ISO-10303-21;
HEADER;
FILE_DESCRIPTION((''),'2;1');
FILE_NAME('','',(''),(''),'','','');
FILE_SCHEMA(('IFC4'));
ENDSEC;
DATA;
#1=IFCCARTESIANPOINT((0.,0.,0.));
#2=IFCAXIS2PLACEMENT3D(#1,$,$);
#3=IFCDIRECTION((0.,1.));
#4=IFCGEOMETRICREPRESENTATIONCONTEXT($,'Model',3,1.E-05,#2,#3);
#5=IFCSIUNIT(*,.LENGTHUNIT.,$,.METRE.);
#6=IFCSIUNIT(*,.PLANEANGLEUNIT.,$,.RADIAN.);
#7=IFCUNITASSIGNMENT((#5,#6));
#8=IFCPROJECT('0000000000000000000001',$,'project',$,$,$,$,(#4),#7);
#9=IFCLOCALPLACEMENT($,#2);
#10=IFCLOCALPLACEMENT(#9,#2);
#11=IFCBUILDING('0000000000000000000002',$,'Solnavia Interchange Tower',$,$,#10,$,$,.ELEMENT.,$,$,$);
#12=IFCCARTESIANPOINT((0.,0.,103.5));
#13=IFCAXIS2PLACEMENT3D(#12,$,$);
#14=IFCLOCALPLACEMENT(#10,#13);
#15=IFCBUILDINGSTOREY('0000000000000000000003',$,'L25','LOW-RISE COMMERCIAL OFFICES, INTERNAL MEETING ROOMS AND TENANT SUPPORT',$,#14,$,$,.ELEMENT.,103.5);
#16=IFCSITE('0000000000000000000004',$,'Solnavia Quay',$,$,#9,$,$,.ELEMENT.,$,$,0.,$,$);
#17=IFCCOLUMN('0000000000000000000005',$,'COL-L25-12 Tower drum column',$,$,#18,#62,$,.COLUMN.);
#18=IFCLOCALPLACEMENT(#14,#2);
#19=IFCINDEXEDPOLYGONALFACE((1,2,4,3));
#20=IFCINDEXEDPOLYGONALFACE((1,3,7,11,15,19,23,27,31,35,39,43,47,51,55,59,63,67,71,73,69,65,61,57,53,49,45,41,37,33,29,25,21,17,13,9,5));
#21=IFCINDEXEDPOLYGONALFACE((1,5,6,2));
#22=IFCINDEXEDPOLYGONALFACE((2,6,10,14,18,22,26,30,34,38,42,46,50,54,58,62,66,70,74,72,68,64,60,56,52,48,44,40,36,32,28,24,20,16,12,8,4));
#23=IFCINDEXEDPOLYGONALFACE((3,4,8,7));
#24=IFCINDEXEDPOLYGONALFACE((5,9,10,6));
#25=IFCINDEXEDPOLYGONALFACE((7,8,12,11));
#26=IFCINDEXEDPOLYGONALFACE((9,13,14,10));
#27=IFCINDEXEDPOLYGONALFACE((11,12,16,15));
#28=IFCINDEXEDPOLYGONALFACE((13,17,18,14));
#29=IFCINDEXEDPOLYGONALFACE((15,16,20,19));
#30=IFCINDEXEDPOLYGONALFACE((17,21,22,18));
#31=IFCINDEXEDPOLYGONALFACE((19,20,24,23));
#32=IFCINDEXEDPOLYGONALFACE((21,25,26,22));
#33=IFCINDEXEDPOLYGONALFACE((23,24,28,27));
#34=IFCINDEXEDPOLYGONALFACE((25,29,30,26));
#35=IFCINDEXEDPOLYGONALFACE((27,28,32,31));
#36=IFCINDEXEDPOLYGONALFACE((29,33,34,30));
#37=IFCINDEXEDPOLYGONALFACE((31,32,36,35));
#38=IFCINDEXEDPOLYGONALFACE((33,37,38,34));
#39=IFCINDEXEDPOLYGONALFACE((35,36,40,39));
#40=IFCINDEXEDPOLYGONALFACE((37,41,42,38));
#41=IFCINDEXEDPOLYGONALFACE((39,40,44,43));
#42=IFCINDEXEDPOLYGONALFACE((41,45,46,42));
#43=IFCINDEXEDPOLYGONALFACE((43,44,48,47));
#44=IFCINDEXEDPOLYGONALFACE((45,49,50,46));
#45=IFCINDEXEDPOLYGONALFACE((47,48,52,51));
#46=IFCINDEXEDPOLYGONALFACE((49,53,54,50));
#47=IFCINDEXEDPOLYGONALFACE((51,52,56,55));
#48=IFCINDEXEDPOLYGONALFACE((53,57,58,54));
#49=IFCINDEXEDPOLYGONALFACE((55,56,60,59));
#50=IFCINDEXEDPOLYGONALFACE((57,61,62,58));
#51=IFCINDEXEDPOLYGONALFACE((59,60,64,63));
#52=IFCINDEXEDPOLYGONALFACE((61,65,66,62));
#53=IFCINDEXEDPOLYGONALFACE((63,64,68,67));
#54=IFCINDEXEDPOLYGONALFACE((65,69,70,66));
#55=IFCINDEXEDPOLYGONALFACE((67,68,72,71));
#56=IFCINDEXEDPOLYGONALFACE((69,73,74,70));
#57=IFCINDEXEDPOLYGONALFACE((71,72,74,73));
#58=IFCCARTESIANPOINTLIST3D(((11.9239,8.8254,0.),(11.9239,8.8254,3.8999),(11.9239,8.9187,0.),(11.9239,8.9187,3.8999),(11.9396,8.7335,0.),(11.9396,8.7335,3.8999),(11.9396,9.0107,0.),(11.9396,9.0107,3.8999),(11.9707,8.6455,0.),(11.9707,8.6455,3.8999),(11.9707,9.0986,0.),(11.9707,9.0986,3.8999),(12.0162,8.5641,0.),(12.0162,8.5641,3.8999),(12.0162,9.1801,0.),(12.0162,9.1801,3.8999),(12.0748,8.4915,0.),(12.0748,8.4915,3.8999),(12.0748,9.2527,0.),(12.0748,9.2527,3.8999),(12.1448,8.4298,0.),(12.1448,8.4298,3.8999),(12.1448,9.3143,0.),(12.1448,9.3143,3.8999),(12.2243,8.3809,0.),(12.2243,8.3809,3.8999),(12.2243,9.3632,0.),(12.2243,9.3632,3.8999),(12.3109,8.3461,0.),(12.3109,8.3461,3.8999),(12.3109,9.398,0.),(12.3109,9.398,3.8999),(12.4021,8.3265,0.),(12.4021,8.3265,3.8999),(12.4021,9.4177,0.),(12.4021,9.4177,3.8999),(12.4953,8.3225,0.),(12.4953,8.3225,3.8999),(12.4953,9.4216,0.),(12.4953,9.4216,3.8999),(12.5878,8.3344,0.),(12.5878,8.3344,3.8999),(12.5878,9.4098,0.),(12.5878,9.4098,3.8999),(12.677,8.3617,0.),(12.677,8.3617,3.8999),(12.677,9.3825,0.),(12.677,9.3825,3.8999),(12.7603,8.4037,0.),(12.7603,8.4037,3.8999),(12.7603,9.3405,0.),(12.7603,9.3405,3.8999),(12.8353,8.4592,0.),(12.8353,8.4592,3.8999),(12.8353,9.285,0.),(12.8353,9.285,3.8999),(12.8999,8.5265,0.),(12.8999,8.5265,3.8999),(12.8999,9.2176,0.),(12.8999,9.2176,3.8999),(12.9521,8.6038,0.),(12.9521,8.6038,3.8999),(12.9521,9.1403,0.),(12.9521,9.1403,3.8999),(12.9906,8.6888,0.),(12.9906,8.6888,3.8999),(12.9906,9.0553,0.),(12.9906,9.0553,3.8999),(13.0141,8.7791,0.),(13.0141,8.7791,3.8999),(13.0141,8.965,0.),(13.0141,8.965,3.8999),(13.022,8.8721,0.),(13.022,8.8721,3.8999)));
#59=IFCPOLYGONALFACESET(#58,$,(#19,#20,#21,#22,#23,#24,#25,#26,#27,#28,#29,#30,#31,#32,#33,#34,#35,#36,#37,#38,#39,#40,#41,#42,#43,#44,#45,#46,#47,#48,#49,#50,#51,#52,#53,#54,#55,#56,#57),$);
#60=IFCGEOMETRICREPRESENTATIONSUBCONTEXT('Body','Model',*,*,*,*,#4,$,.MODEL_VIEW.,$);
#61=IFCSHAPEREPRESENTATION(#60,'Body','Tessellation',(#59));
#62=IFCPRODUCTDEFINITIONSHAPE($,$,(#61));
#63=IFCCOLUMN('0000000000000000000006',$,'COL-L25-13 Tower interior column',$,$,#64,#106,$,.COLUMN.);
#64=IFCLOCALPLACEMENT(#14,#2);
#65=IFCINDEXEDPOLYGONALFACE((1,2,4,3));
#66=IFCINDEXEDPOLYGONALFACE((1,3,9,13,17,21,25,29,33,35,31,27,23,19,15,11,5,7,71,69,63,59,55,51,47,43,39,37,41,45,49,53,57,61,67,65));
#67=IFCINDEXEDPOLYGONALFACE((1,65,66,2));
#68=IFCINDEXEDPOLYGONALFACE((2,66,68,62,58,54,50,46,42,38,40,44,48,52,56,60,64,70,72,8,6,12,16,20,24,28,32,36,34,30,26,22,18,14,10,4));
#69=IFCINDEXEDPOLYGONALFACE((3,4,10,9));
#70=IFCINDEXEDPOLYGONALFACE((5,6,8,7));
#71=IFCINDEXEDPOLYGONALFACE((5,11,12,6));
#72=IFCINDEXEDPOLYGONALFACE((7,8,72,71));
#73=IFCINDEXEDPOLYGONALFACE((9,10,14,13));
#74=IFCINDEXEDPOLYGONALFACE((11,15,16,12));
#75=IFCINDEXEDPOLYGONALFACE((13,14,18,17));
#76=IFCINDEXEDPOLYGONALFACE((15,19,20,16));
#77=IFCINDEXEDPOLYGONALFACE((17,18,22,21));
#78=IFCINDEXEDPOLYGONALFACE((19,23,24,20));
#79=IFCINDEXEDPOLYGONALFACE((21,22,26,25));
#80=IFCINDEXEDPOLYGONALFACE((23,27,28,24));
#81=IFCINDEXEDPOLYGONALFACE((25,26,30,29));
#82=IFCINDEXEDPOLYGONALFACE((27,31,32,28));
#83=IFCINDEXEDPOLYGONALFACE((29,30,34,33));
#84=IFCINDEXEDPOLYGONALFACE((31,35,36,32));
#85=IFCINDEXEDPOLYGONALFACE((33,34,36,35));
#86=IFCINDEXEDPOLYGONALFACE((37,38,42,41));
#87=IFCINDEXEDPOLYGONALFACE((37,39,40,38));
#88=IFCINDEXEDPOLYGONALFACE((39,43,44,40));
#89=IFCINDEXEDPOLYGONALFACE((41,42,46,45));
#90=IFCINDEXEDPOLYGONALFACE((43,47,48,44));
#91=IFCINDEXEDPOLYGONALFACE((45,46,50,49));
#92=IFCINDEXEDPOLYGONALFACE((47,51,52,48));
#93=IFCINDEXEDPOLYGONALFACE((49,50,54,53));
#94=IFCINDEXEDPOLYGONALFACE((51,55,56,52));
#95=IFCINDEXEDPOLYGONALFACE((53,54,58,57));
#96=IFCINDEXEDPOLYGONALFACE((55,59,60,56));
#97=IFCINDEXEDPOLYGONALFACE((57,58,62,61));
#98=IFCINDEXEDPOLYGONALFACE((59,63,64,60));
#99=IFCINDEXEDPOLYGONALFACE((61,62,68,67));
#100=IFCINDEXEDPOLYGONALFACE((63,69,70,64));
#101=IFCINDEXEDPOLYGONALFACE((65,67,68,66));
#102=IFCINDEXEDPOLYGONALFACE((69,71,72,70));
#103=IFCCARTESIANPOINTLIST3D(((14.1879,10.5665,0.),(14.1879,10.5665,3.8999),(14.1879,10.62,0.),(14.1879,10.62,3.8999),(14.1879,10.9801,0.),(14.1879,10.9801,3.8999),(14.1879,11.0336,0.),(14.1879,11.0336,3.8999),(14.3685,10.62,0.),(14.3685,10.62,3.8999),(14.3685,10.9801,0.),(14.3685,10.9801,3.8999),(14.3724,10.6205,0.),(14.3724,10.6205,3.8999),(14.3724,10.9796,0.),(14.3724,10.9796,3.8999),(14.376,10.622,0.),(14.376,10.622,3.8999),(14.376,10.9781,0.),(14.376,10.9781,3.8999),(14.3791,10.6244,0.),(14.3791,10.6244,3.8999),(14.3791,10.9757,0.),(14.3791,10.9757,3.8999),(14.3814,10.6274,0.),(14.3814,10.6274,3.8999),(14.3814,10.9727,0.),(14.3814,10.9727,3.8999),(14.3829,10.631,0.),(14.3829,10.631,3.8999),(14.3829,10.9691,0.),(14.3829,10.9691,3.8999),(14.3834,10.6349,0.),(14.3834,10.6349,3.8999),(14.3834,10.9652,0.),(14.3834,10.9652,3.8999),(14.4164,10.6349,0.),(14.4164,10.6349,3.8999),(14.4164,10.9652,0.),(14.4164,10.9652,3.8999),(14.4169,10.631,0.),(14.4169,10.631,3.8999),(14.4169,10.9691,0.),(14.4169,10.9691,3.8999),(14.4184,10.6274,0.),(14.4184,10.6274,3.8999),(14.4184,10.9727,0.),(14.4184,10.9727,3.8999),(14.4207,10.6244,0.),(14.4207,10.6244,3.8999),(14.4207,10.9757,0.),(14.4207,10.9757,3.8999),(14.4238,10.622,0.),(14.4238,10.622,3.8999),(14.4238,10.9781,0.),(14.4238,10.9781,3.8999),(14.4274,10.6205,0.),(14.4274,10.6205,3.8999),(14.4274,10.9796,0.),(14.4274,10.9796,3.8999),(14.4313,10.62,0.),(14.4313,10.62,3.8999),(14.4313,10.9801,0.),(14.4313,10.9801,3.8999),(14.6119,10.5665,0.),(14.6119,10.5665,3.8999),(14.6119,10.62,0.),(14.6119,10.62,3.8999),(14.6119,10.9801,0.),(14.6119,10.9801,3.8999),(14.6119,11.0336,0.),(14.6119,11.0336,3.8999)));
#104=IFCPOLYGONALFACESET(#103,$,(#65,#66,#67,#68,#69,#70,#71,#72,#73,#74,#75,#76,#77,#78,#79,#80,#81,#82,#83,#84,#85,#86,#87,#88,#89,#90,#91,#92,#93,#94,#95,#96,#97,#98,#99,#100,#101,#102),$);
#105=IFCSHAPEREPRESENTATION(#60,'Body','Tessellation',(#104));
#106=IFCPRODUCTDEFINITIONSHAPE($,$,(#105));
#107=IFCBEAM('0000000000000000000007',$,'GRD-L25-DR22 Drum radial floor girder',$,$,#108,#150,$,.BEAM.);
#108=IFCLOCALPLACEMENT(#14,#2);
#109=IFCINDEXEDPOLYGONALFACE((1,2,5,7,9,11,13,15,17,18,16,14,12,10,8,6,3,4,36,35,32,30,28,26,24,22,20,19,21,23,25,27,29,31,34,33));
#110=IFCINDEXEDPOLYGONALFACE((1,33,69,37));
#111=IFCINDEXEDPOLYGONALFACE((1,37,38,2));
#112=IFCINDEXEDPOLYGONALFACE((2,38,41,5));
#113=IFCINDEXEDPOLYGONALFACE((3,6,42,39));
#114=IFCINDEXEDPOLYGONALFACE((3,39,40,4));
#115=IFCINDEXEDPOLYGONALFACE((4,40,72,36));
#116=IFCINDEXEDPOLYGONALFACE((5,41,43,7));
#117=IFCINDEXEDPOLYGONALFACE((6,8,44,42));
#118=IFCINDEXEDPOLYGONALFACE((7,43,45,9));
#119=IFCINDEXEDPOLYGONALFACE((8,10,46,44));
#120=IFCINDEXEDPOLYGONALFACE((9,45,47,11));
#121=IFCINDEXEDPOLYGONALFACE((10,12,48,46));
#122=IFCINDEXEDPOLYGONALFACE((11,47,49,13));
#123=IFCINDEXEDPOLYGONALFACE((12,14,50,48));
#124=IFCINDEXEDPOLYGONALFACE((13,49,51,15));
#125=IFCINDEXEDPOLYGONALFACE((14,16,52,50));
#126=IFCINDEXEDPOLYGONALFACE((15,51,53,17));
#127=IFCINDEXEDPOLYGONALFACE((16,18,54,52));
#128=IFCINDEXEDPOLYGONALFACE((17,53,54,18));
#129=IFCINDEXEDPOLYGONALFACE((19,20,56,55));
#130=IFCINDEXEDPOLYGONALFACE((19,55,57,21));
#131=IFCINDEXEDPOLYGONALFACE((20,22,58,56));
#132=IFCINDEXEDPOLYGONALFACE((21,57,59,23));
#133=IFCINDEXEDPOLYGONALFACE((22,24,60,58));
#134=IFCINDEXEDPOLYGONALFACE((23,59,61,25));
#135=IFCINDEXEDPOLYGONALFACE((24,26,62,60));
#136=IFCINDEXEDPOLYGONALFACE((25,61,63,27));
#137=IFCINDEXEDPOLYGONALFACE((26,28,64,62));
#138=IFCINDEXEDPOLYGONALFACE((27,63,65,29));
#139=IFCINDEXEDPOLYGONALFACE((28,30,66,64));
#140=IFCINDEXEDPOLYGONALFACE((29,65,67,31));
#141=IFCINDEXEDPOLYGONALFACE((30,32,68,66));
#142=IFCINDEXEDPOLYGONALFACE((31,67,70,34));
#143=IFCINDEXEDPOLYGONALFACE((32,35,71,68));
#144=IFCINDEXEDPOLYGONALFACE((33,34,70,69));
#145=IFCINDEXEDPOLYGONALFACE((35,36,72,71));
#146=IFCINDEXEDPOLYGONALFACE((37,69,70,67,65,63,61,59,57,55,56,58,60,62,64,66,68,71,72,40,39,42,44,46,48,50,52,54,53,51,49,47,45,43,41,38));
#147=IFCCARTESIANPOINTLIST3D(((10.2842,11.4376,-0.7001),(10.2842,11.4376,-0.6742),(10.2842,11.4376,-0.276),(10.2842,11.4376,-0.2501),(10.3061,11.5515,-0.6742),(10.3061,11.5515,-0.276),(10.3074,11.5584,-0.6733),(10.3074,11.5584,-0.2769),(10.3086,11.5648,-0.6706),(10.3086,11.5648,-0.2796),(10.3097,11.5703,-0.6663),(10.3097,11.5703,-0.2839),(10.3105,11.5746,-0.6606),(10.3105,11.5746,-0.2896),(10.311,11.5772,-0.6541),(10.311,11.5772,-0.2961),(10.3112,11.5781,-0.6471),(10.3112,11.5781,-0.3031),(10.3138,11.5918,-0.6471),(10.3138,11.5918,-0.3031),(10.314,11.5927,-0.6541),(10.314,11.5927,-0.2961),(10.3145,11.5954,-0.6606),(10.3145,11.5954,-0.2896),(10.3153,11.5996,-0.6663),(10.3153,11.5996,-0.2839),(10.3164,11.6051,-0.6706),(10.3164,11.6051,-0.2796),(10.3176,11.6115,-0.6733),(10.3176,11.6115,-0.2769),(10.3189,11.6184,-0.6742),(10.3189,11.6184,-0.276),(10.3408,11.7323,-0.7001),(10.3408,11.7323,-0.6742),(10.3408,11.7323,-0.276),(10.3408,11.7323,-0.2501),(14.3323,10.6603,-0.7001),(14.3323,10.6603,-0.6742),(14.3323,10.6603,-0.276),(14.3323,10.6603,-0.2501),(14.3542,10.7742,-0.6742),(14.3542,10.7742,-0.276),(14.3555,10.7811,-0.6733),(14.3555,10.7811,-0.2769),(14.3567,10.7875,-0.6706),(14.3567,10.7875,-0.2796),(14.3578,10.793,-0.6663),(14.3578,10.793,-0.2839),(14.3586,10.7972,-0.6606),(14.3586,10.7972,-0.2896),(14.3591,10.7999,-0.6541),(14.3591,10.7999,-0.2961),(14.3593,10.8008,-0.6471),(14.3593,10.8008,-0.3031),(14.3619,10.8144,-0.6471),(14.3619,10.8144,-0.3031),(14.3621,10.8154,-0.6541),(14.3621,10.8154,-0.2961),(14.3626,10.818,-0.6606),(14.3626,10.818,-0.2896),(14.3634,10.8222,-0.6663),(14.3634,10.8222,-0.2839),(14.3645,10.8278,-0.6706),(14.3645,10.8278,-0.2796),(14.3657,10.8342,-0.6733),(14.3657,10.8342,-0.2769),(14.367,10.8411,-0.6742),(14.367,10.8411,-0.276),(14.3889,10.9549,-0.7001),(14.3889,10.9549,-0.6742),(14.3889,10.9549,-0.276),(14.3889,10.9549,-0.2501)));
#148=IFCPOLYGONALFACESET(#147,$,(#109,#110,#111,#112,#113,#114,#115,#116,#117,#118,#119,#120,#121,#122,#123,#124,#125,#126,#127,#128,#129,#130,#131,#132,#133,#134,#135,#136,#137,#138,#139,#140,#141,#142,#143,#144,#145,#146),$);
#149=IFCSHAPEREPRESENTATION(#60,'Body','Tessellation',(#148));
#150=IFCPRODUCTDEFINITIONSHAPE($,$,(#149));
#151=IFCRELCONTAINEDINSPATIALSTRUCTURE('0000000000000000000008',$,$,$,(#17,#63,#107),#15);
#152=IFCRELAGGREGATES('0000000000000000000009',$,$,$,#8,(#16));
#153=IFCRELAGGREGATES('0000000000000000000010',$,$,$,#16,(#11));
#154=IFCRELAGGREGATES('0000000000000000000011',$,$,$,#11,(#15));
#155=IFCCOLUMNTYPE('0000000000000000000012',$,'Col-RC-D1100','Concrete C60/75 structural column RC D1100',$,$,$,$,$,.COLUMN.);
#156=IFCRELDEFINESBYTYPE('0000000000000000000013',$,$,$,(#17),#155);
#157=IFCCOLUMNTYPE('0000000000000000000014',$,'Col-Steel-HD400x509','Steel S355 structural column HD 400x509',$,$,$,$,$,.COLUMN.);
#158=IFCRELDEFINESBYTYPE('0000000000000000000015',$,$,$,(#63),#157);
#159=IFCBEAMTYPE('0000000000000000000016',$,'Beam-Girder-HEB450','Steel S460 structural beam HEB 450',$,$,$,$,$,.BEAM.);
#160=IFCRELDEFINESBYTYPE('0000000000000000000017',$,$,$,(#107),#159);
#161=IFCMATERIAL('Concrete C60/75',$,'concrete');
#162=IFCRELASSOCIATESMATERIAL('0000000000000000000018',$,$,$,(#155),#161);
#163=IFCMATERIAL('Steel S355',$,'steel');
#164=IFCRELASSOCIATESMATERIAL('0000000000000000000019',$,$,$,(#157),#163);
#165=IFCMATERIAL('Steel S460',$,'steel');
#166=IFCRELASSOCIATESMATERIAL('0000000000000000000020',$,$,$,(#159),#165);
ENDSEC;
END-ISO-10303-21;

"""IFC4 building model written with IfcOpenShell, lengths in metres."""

from ifc_helpers import new_model, si_unit, direction, frame, origin, origin_2d, place, context, subcontext, project, spatial, circle, i_section, extrude, material, material_profile, profile_set, type_object, element, save


model = new_model("IFC4")

# Units and contexts
model_context = context("Model", 3, precision=1e-05, world=origin(), true_north=direction((0.0, 1.0)))
body_context = subcontext(model_context, "Body", "Model", "MODEL_VIEW")
ifc_project = project(units=[si_unit("LENGTHUNIT", "METRE"), si_unit("PLANEANGLEUNIT", "RADIAN")], contexts=[model_context])

# Site, building, storey
site_placement = place(None, origin())
site = spatial("IfcSite", under=ifc_project, at=site_placement, Name="Solnavia Quay", CompositionType="ELEMENT", RefElevation=0.0)
building_placement = place(site_placement, origin())
building = spatial("IfcBuilding", under=site, at=building_placement, Name="Solnavia Interchange Tower", CompositionType="ELEMENT")
storey_placement = place(building_placement, frame((0.0, 0.0, 103.5)))
storey = spatial("IfcBuildingStorey", under=building, at=storey_placement, Name="L25", Description="LOW-RISE COMMERCIAL OFFICES, INTERNAL MEETING ROOMS AND TENANT SUPPORT", CompositionType="ELEMENT", Elevation=103.5)

# Columns
ifc_material_1 = material(Name="Concrete C60/75", Category="concrete")
ifc_material_profile_1 = material_profile(ifc_material_1, circle(Radius=0.55, at=origin_2d()), Name="RC D1100")
ifc_profile_set_1 = profile_set([ifc_material_profile_1], Name="Concrete C60/75")
column_type_1 = type_object("IfcColumnType", Name="Col-RC-D1100", Description="Concrete C60/75 structural column RC D1100", PredefinedType="COLUMN", material=ifc_profile_set_1)
column_1_placement = place(storey_placement, frame((12.4719, 8.8721, 0.0), z_axis=(0.0, 0.0, 1.0), x_axis=(1.0, 0.0, 0.0)))
element("IfcColumn", 1, at=column_1_placement, inside=storey, type_object=column_type_1, Name="COL-L25-12 Tower drum column", PredefinedType="COLUMN", context=body_context, shape_type="SweptSolid", body=[
    extrude(circle(Radius=0.55, at=origin_2d()), origin(), (0.0, 0.0, 1.0), 3.8999),
])
ifc_material_2 = material(Name="Steel S355", Category="steel")
ifc_material_profile_2 = material_profile(ifc_material_2, i_section(OverallWidth=0.4241, OverallDepth=0.467, WebThickness=0.033, FlangeThickness=0.0535, FilletRadius=0.0149, at=origin_2d()), Name="HD 400x509")
ifc_profile_set_2 = profile_set([ifc_material_profile_2], Name="Steel S355")
column_type_2 = type_object("IfcColumnType", Name="Col-Steel-HD400x509", Description="Steel S355 structural column HD 400x509", PredefinedType="COLUMN", material=ifc_profile_set_2)
column_2_placement = place(storey_placement, frame((14.3999, 10.8, 0.0), z_axis=(0.0, 0.0, 1.0), x_axis=(1.0, 0.0, 0.0)))
element("IfcColumn", 2, at=column_2_placement, inside=storey, type_object=column_type_2, Name="COL-L25-13 Tower interior column", PredefinedType="COLUMN", context=body_context, shape_type="SweptSolid", body=[
    extrude(i_section(OverallWidth=0.4241, OverallDepth=0.467, WebThickness=0.033, FlangeThickness=0.0535, FilletRadius=0.0149, at=origin_2d()), origin(), (0.0, 0.0, 1.0), 3.8999),
])

# Beam
ifc_material_3 = material(Name="Steel S460", Category="steel")
ifc_material_profile_3 = material_profile(ifc_material_3, i_section(OverallWidth=0.3, OverallDepth=0.45, WebThickness=0.0139, FlangeThickness=0.0259, FilletRadius=0.0271, at=origin_2d()), Name="HEB 450")
ifc_profile_set_3 = profile_set([ifc_material_profile_3], Name="Steel S460")
beam_type_1 = type_object("IfcBeamType", Name="Beam-Girder-HEB450", Description="Steel S460 structural beam HEB 450", PredefinedType="BEAM", material=ifc_profile_set_3)
beam_1_placement = place(storey_placement, frame((10.3125, 11.585, -0.4751), z_axis=(0.982058, -0.188582, 0.0), x_axis=(0.188582, 0.982058, 0.0)))
element("IfcBeam", 3, at=beam_1_placement, inside=storey, type_object=beam_type_1, Name="GRD-L25-DR22 Drum radial floor girder", PredefinedType="BEAM", context=body_context, shape_type="SweptSolid", body=[
    extrude(i_section(OverallWidth=0.3, OverallDepth=0.45, WebThickness=0.0139, FlangeThickness=0.0259, FilletRadius=0.0271, at=origin_2d()), origin(), (0.0, 0.0, 1.0), 4.1221),
])

save(model, "model.ifc")
